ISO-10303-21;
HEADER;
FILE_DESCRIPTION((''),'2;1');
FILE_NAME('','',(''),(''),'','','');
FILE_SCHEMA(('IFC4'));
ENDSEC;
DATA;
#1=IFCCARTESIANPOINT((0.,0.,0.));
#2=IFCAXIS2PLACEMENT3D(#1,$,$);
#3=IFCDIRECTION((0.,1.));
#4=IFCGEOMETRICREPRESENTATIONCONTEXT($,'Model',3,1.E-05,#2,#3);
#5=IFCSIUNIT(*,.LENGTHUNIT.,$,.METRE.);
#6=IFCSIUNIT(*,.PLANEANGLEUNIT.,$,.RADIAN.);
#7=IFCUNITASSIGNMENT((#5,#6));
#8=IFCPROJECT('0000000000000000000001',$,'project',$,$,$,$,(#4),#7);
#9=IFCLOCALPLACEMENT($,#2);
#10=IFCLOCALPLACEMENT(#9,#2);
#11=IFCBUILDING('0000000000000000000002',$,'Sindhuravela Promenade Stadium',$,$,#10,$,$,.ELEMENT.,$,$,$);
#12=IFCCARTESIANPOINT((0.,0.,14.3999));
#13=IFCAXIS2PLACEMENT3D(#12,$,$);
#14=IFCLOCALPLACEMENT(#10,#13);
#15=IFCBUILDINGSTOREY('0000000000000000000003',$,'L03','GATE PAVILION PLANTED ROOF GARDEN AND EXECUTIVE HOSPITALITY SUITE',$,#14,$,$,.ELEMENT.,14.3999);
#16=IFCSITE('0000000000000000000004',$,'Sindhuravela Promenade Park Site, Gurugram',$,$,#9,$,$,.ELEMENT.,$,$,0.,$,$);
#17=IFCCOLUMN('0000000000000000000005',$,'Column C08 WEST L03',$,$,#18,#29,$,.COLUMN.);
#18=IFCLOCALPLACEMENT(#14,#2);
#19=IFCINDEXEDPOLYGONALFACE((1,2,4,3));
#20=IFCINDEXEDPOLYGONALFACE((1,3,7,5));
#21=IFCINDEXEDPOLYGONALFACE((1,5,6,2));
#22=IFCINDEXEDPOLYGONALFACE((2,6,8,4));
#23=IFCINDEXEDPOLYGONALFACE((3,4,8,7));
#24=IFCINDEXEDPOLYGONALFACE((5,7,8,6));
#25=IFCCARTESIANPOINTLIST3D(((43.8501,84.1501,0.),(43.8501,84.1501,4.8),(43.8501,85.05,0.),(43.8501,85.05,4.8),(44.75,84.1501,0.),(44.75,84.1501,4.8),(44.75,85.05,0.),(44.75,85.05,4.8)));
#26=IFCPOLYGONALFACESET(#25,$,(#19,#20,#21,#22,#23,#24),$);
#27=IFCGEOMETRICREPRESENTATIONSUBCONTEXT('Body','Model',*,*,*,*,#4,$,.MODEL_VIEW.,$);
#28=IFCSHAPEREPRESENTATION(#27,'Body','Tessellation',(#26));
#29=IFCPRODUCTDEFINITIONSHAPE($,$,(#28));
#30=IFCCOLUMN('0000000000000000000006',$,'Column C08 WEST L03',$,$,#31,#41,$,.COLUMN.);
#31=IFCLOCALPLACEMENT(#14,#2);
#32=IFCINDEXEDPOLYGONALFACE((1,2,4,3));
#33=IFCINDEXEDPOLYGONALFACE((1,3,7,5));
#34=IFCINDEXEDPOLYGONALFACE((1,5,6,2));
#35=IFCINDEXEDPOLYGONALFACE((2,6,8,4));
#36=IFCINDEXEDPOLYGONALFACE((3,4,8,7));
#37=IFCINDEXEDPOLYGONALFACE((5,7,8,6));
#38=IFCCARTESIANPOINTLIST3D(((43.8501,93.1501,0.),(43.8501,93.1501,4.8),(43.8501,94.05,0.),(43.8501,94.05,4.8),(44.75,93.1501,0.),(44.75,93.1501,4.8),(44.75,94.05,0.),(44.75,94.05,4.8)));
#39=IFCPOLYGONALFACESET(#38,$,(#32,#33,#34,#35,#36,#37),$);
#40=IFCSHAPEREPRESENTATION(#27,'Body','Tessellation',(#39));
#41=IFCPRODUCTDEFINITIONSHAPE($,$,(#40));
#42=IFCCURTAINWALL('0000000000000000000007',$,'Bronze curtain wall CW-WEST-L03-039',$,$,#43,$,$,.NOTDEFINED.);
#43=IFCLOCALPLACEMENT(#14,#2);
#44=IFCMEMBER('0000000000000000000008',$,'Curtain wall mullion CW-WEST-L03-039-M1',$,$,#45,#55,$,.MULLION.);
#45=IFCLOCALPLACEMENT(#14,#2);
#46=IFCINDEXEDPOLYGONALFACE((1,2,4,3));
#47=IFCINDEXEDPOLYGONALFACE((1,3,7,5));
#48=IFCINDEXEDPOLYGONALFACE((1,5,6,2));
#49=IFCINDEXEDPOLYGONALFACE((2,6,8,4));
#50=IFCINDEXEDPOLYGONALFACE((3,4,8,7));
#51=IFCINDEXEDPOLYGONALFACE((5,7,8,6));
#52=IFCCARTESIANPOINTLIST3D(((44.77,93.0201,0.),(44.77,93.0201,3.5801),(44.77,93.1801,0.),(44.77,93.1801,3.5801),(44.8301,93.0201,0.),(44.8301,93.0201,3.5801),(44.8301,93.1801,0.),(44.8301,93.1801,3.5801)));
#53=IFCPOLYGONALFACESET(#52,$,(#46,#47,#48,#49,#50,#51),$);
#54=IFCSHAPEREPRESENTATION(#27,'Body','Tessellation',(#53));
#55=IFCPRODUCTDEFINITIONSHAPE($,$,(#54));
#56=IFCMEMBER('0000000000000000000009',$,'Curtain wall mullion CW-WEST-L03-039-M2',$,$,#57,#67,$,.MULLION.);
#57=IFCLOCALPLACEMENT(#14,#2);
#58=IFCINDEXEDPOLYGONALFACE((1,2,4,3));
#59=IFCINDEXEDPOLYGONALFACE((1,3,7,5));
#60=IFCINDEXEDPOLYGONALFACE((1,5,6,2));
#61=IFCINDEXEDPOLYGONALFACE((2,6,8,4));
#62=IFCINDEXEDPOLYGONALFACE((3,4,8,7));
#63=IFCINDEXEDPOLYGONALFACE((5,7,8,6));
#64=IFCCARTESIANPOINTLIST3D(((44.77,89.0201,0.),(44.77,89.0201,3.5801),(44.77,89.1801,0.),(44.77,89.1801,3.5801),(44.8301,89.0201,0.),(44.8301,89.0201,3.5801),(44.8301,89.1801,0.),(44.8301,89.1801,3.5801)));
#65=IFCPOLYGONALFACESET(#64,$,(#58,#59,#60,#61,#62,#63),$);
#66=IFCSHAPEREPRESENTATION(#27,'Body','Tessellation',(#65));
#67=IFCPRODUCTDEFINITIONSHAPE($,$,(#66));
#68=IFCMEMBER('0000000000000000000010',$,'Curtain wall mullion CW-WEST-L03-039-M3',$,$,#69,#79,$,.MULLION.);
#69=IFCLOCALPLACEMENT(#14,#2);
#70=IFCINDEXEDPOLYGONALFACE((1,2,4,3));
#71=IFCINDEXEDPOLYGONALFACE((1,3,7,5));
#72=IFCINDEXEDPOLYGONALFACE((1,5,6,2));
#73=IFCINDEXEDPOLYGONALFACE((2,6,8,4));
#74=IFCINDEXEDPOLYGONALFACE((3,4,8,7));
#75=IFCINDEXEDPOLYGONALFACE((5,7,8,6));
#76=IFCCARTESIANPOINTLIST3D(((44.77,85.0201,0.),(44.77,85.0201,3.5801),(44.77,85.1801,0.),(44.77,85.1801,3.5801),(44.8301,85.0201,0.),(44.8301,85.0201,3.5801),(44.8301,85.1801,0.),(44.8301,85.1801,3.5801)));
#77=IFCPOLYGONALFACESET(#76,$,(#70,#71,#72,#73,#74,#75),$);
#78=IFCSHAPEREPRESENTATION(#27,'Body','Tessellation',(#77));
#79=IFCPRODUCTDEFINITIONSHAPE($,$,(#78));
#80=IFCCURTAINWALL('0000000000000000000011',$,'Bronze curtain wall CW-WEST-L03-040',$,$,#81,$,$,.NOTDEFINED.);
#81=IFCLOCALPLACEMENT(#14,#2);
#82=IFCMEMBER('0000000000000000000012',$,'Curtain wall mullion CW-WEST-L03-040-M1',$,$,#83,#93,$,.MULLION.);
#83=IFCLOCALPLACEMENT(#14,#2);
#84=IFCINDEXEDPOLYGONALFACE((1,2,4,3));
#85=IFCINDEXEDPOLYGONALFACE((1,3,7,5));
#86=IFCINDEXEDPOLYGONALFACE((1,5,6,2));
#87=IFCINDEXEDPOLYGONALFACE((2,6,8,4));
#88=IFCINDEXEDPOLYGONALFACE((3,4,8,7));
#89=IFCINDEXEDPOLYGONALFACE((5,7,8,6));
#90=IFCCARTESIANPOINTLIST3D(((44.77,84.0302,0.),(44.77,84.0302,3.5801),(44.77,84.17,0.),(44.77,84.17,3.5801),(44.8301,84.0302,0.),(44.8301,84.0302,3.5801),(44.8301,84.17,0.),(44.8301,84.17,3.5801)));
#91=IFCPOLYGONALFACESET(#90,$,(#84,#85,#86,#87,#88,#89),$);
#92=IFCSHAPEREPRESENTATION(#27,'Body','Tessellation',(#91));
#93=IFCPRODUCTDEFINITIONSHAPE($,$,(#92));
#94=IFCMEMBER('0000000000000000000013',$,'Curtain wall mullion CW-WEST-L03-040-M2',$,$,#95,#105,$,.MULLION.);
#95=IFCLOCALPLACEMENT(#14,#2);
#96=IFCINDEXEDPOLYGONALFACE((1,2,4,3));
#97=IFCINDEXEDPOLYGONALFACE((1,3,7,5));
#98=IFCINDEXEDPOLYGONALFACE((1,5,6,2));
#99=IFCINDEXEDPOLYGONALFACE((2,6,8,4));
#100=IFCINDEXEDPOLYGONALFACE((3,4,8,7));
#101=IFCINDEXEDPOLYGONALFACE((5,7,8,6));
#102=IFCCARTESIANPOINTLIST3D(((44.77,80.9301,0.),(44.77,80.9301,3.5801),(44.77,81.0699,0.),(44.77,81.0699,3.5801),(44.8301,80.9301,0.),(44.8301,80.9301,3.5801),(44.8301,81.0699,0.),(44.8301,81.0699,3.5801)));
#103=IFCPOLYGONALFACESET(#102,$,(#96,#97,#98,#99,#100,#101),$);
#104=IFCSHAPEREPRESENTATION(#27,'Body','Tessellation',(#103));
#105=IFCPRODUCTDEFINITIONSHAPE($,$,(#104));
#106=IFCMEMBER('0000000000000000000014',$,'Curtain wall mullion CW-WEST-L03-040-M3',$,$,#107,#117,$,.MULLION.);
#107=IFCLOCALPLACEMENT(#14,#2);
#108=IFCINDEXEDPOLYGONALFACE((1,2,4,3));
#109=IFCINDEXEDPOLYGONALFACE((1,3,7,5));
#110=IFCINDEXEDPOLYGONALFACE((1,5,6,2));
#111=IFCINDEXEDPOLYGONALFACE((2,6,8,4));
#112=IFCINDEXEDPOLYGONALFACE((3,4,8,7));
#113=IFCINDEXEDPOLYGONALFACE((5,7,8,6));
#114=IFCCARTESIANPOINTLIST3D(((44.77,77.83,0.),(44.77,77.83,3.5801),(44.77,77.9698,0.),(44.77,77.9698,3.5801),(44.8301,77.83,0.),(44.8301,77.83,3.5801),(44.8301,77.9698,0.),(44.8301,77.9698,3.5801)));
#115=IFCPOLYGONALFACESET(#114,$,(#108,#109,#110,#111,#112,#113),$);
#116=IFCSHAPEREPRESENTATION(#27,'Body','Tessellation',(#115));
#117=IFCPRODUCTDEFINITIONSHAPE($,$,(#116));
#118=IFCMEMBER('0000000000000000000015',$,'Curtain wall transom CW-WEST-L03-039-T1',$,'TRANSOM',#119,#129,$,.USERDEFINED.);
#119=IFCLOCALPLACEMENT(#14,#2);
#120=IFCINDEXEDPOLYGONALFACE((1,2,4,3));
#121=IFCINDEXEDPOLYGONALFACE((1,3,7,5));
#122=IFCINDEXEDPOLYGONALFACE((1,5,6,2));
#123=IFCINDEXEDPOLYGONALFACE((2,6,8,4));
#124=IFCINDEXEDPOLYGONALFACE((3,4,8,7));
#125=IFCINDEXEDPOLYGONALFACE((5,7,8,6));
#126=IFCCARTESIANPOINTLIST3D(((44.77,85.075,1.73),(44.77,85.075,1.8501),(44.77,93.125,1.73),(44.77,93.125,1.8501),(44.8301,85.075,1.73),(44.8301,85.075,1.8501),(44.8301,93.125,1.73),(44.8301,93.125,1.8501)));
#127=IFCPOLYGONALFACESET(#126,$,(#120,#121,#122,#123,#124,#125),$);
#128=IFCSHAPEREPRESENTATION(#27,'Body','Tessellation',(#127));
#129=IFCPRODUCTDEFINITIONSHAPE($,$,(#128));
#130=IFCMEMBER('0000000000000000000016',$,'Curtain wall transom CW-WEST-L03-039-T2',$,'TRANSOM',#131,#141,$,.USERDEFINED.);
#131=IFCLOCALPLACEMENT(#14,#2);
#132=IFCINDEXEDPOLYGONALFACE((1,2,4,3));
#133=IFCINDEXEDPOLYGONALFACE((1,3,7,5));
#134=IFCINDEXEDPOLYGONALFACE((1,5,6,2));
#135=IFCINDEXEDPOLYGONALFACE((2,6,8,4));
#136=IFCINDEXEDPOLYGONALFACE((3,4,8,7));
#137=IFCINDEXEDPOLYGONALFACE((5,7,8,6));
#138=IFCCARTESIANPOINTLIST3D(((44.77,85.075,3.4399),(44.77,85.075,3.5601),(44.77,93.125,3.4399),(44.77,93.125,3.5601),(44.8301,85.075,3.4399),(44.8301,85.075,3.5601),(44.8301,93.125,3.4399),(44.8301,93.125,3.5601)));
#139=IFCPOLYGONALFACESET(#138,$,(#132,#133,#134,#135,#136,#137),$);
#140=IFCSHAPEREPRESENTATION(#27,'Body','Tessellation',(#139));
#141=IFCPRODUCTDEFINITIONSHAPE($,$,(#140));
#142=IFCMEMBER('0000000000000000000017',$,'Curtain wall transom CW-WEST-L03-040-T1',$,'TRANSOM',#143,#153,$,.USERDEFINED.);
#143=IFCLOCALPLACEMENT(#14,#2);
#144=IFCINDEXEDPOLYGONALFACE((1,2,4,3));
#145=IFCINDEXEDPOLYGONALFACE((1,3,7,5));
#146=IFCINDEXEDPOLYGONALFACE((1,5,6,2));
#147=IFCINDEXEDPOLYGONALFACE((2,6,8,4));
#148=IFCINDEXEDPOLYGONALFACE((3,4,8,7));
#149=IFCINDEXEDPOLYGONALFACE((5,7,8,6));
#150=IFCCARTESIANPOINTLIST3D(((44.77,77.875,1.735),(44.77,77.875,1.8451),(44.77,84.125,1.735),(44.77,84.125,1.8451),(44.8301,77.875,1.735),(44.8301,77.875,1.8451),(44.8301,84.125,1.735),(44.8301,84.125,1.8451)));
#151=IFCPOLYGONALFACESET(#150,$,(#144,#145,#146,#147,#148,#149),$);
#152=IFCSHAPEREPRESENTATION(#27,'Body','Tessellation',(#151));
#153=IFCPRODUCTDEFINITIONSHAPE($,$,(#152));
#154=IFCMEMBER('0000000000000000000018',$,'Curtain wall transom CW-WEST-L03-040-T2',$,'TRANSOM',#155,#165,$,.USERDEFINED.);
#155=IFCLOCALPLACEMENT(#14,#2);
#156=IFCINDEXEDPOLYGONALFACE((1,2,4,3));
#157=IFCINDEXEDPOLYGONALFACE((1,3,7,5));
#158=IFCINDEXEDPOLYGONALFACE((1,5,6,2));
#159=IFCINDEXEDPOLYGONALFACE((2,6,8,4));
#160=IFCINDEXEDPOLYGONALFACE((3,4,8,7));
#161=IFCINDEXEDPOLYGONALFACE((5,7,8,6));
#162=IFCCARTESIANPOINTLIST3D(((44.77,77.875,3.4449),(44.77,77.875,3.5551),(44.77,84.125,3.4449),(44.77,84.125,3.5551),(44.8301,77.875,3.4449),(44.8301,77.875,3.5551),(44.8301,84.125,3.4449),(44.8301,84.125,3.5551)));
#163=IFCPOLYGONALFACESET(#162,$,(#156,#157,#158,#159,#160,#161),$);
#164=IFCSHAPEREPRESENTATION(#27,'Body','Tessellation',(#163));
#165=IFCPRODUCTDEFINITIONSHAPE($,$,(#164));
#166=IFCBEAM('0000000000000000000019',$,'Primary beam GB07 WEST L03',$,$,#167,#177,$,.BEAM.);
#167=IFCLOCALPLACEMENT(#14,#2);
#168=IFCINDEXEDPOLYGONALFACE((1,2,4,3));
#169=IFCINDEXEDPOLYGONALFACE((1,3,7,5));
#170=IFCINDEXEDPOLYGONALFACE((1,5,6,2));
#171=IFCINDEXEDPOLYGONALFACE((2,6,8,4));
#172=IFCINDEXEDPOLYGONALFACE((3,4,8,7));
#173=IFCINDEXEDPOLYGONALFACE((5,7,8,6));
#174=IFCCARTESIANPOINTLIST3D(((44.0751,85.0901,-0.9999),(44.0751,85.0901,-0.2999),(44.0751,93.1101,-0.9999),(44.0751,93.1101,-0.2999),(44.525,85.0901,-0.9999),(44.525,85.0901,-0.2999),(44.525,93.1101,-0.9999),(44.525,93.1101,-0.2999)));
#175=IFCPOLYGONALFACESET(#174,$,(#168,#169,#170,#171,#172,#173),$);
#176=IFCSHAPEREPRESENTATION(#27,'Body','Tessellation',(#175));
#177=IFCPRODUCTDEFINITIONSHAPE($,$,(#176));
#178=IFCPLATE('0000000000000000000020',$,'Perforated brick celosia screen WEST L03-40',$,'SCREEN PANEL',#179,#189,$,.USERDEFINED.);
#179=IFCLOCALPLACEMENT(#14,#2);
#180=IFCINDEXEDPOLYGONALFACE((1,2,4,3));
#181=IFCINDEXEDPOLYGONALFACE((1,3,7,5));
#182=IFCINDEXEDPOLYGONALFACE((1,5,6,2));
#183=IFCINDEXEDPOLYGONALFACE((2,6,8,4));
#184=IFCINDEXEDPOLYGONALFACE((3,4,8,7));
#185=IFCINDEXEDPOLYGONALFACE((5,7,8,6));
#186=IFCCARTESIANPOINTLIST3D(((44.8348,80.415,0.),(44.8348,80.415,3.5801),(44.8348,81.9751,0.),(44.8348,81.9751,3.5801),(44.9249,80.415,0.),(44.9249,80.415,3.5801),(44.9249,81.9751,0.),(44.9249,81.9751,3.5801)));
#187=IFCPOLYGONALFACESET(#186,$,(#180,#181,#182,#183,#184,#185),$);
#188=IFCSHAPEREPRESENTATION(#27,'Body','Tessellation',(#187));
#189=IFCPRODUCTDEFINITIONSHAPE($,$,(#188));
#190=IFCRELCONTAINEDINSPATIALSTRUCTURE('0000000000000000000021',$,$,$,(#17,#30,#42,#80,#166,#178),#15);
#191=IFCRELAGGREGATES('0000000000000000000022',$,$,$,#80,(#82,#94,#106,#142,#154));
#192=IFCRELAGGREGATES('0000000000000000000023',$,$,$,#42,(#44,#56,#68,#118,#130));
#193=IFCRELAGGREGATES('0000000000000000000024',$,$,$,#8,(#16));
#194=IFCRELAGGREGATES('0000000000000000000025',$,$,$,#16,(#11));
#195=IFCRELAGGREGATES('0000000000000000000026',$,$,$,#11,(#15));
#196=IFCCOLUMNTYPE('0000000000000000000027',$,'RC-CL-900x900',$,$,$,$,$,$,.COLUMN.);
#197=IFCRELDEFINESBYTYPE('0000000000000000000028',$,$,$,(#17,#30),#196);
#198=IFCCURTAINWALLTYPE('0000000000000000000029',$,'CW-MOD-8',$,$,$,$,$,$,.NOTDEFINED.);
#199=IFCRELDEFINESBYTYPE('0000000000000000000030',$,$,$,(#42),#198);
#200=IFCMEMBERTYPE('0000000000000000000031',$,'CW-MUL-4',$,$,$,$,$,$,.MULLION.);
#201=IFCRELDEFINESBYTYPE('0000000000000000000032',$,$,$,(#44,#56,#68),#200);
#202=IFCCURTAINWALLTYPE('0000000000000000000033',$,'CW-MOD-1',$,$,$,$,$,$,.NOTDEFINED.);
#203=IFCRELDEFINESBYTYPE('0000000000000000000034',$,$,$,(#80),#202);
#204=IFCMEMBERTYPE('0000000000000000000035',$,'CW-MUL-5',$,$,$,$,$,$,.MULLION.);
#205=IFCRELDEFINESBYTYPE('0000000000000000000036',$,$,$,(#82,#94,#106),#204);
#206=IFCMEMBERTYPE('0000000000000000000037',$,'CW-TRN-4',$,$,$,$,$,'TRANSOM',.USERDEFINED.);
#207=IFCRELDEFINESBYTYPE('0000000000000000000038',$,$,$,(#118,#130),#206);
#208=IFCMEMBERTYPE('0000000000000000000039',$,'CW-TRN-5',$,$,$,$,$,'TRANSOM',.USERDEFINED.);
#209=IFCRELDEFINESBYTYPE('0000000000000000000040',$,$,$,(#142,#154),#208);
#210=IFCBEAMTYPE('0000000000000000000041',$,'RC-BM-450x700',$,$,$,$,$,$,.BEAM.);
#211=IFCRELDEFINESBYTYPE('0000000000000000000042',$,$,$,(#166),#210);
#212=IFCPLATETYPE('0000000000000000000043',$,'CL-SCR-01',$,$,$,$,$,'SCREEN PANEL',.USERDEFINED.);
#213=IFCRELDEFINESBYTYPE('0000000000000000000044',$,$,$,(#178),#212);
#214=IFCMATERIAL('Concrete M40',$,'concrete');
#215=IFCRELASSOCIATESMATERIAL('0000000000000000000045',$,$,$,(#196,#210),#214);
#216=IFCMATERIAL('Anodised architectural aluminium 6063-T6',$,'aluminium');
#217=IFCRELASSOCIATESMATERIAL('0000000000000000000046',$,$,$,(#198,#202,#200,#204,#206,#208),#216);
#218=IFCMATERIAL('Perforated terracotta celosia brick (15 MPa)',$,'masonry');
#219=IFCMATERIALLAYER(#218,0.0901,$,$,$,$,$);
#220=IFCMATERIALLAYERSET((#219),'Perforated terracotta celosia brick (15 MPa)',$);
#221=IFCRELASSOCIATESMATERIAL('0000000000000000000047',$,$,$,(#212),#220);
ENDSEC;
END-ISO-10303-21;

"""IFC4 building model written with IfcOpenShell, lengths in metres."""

from ifc_helpers import new_model, si_unit, direction, frame, origin, origin_2d, place, context, subcontext, project, spatial, rectangle, extrude, material, layer, layer_set, material_profile, profile_set, type_object, element, aggregate, save


model = new_model("IFC4")

# Units and contexts
model_context = context("Model", 3, precision=1e-05, world=origin(), true_north=direction((0.0, 1.0)))
body_context = subcontext(model_context, "Body", "Model", "MODEL_VIEW")
ifc_project = project(units=[si_unit("LENGTHUNIT", "METRE"), si_unit("PLANEANGLEUNIT", "RADIAN")], contexts=[model_context])

# Site, building, storey
site_placement = place(None, origin())
site = spatial("IfcSite", under=ifc_project, at=site_placement, Name="Sindhuravela Promenade Park Site, Gurugram", CompositionType="ELEMENT", RefElevation=0.0)
building_placement = place(site_placement, origin())
building = spatial("IfcBuilding", under=site, at=building_placement, Name="Sindhuravela Promenade Stadium", CompositionType="ELEMENT")
storey_placement = place(building_placement, frame((0.0, 0.0, 14.3999)))
storey = spatial("IfcBuildingStorey", under=building, at=storey_placement, Name="L03", Description="GATE PAVILION PLANTED ROOF GARDEN AND EXECUTIVE HOSPITALITY SUITE", CompositionType="ELEMENT", Elevation=14.3999)

# Columns
ifc_material_1 = material(Name="Concrete M40", Category="concrete")
ifc_material_profile_1 = material_profile(ifc_material_1, rectangle(XDim=0.8999, YDim=0.8999, at=origin_2d()), Name="RC 900x900")
ifc_profile_set_1 = profile_set([ifc_material_profile_1], Name="Concrete M40")
column_type = type_object("IfcColumnType", Name="RC-CL-900x900", PredefinedType="COLUMN", material=ifc_profile_set_1)
for number, where, z_axis, x_axis, name in (
    (1, (44.3, 84.6001, 0.0), (0.0, 0.0, 1.0), (1.0, 0.0, 0.0), "Column C08 WEST L03"),
    (2, (44.3, 93.6001, 0.0), (0.0, 0.0, 1.0), (1.0, 0.0, 0.0), "Column C08 WEST L03"),
):
    element("IfcColumn", number, at=place(storey_placement, frame(where, z_axis=z_axis, x_axis=x_axis)), inside=storey, type_object=column_type, Name=name, PredefinedType="COLUMN", context=body_context, shape_type="SweptSolid", body=[
        extrude(rectangle(XDim=0.8999, YDim=0.8999, at=origin_2d()), origin(), (0.0, 0.0, 1.0), 4.8),
    ])

# Curtain walls, members
ifc_material_2 = material(Name="Anodised architectural aluminium 6063-T6", Category="aluminium")
curtain_wall_type_1 = type_object("IfcCurtainWallType", Name="CW-MOD-8", PredefinedType="NOTDEFINED", material=ifc_material_2)
curtain_wall_1_placement = place(storey_placement, origin())
curtain_wall_1 = element("IfcCurtainWall", 3, at=curtain_wall_1_placement, inside=storey, type_object=curtain_wall_type_1, Name="Bronze curtain wall CW-WEST-L03-039", PredefinedType="NOTDEFINED")
ifc_material_profile_2 = material_profile(ifc_material_2, rectangle(XDim=0.0601, YDim=0.1599, at=origin_2d()), Name="ALU M60x160")
ifc_profile_set_2 = profile_set([ifc_material_profile_2], Name="Anodised architectural aluminium 6063-T6")
member_type_1 = type_object("IfcMemberType", Name="CW-MUL-4", PredefinedType="MULLION", material=ifc_profile_set_2)
member_1_placement = place(storey_placement, frame((44.8, 93.1001, 0.0), z_axis=(0.0, 0.0, 1.0), x_axis=(1.0, 0.0, 0.0)))
member_1 = element("IfcMember", 4, at=member_1_placement, type_object=member_type_1, Name="Curtain wall mullion CW-WEST-L03-039-M1", PredefinedType="MULLION", context=body_context, shape_type="SweptSolid", body=[
    extrude(rectangle(XDim=0.0601, YDim=0.1599, at=origin_2d()), origin(), (0.0, 0.0, 1.0), 3.5801),
])
member_2_placement = place(storey_placement, frame((44.8, 89.1001, 0.0), z_axis=(0.0, 0.0, 1.0), x_axis=(1.0, 0.0, 0.0)))
member_2 = element("IfcMember", 5, at=member_2_placement, type_object=member_type_1, Name="Curtain wall mullion CW-WEST-L03-039-M2", PredefinedType="MULLION", context=body_context, shape_type="SweptSolid", body=[
    extrude(rectangle(XDim=0.0601, YDim=0.1599, at=origin_2d()), origin(), (0.0, 0.0, 1.0), 3.5801),
])
member_3_placement = place(storey_placement, frame((44.8, 85.1001, 0.0), z_axis=(0.0, 0.0, 1.0), x_axis=(1.0, 0.0, 0.0)))
member_3 = element("IfcMember", 6, at=member_3_placement, type_object=member_type_1, Name="Curtain wall mullion CW-WEST-L03-039-M3", PredefinedType="MULLION", context=body_context, shape_type="SweptSolid", body=[
    extrude(rectangle(XDim=0.0601, YDim=0.1599, at=origin_2d()), origin(), (0.0, 0.0, 1.0), 3.5801),
])
curtain_wall_type_2 = type_object("IfcCurtainWallType", Name="CW-MOD-1", PredefinedType="NOTDEFINED", material=ifc_material_2)
curtain_wall_2_placement = place(storey_placement, origin())
curtain_wall_2 = element("IfcCurtainWall", 7, at=curtain_wall_2_placement, inside=storey, type_object=curtain_wall_type_2, Name="Bronze curtain wall CW-WEST-L03-040", PredefinedType="NOTDEFINED")
ifc_material_profile_3 = material_profile(ifc_material_2, rectangle(XDim=0.0601, YDim=0.1399, at=origin_2d()), Name="ALU M60x140")
ifc_profile_set_3 = profile_set([ifc_material_profile_3], Name="Anodised architectural aluminium 6063-T6")
member_type_2 = type_object("IfcMemberType", Name="CW-MUL-5", PredefinedType="MULLION", material=ifc_profile_set_3)
member_4_placement = place(storey_placement, frame((44.8, 84.1001, 0.0), z_axis=(0.0, 0.0, 1.0), x_axis=(1.0, 0.0, 0.0)))
member_4 = element("IfcMember", 8, at=member_4_placement, type_object=member_type_2, Name="Curtain wall mullion CW-WEST-L03-040-M1", PredefinedType="MULLION", context=body_context, shape_type="SweptSolid", body=[
    extrude(rectangle(XDim=0.0601, YDim=0.1399, at=origin_2d()), origin(), (0.0, 0.0, 1.0), 3.5801),
])
member_5_placement = place(storey_placement, frame((44.8, 81.0, 0.0), z_axis=(0.0, 0.0, 1.0), x_axis=(1.0, 0.0, 0.0)))
member_5 = element("IfcMember", 9, at=member_5_placement, type_object=member_type_2, Name="Curtain wall mullion CW-WEST-L03-040-M2", PredefinedType="MULLION", context=body_context, shape_type="SweptSolid", body=[
    extrude(rectangle(XDim=0.0601, YDim=0.1399, at=origin_2d()), origin(), (0.0, 0.0, 1.0), 3.5801),
])
member_6_placement = place(storey_placement, frame((44.8, 77.8999, 0.0), z_axis=(0.0, 0.0, 1.0), x_axis=(1.0, 0.0, 0.0)))
member_6 = element("IfcMember", 10, at=member_6_placement, type_object=member_type_2, Name="Curtain wall mullion CW-WEST-L03-040-M3", PredefinedType="MULLION", context=body_context, shape_type="SweptSolid", body=[
    extrude(rectangle(XDim=0.0601, YDim=0.1399, at=origin_2d()), origin(), (0.0, 0.0, 1.0), 3.5801),
])

# Members
ifc_material_profile_4 = material_profile(ifc_material_2, rectangle(XDim=0.0601, YDim=0.1201, at=origin_2d()), Name="ALU T60x120")
ifc_profile_set_4 = profile_set([ifc_material_profile_4], Name="Anodised architectural aluminium 6063-T6")
member_type_3 = type_object("IfcMemberType", Name="CW-TRN-4", ElementType="TRANSOM", PredefinedType="USERDEFINED", material=ifc_profile_set_4)
member_7_placement = place(storey_placement, frame((44.8, 93.125, 1.79), z_axis=(0.0, -1.0, 0.0), x_axis=(1.0, 0.0, 0.0)))
member_7 = element("IfcMember", 11, at=member_7_placement, type_object=member_type_3, Name="Curtain wall transom CW-WEST-L03-039-T1", ObjectType="TRANSOM", PredefinedType="USERDEFINED", context=body_context, shape_type="SweptSolid", body=[
    extrude(rectangle(XDim=0.0601, YDim=0.1201, at=origin_2d()), origin(), (0.0, 0.0, 1.0), 8.05),
])
member_8_placement = place(storey_placement, frame((44.8, 93.125, 3.5), z_axis=(0.0, -1.0, 0.0), x_axis=(1.0, 0.0, 0.0)))
member_8 = element("IfcMember", 12, at=member_8_placement, type_object=member_type_3, Name="Curtain wall transom CW-WEST-L03-039-T2", ObjectType="TRANSOM", PredefinedType="USERDEFINED", context=body_context, shape_type="SweptSolid", body=[
    extrude(rectangle(XDim=0.0601, YDim=0.1201, at=origin_2d()), origin(), (0.0, 0.0, 1.0), 8.05),
])
ifc_material_profile_5 = material_profile(ifc_material_2, rectangle(XDim=0.0601, YDim=0.1101, at=origin_2d()), Name="ALU T60x110")
ifc_profile_set_5 = profile_set([ifc_material_profile_5], Name="Anodised architectural aluminium 6063-T6")
member_type_4 = type_object("IfcMemberType", Name="CW-TRN-5", ElementType="TRANSOM", PredefinedType="USERDEFINED", material=ifc_profile_set_5)
member_9_placement = place(storey_placement, frame((44.8, 84.125, 1.79), z_axis=(0.0, -1.0, 0.0), x_axis=(1.0, 0.0, 0.0)))
member_9 = element("IfcMember", 13, at=member_9_placement, type_object=member_type_4, Name="Curtain wall transom CW-WEST-L03-040-T1", ObjectType="TRANSOM", PredefinedType="USERDEFINED", context=body_context, shape_type="SweptSolid", body=[
    extrude(rectangle(XDim=0.0601, YDim=0.1101, at=origin_2d()), origin(), (0.0, 0.0, 1.0), 6.25),
])
member_10_placement = place(storey_placement, frame((44.8, 84.125, 3.5), z_axis=(0.0, -1.0, 0.0), x_axis=(1.0, 0.0, 0.0)))
member_10 = element("IfcMember", 14, at=member_10_placement, type_object=member_type_4, Name="Curtain wall transom CW-WEST-L03-040-T2", ObjectType="TRANSOM", PredefinedType="USERDEFINED", context=body_context, shape_type="SweptSolid", body=[
    extrude(rectangle(XDim=0.0601, YDim=0.1101, at=origin_2d()), origin(), (0.0, 0.0, 1.0), 6.25),
])

# Beam
ifc_material_profile_6 = material_profile(ifc_material_1, rectangle(XDim=0.45, YDim=0.7, at=origin_2d()), Name="RC 450x700")
ifc_profile_set_6 = profile_set([ifc_material_profile_6], Name="Concrete M40")
beam_type = type_object("IfcBeamType", Name="RC-BM-450x700", PredefinedType="BEAM", material=ifc_profile_set_6)
beam_placement = place(storey_placement, frame((44.3, 85.0901, -0.6499), z_axis=(0.0, 1.0, 0.0), x_axis=(-1.0, 0.0, 0.0)))
element("IfcBeam", 15, at=beam_placement, inside=storey, type_object=beam_type, Name="Primary beam GB07 WEST L03", PredefinedType="BEAM", context=body_context, shape_type="SweptSolid", body=[
    extrude(rectangle(XDim=0.45, YDim=0.7, at=origin_2d()), origin(), (0.0, 0.0, 1.0), 8.02),
])

# Plate
ifc_material_3 = material(Name="Perforated terracotta celosia brick (15 MPa)", Category="masonry")
ifc_layer_1 = layer(ifc_material_3, 0.0901)
ifc_layer_set_1 = layer_set([ifc_layer_1], Name="Perforated terracotta celosia brick (15 MPa)")
plate_type_1 = type_object("IfcPlateType", Name="CL-SCR-01", ElementType="SCREEN PANEL", PredefinedType="USERDEFINED", material=ifc_layer_set_1)
plate_1_placement = place(storey_placement, frame((44.8799, 81.1951, 0.0), z_axis=(0.0, 0.0, 1.0), x_axis=(0.0, -1.0, 0.0)))
element("IfcPlate", 16, at=plate_1_placement, inside=storey, type_object=plate_type_1, Name="Perforated brick celosia screen WEST L03-40", ObjectType="SCREEN PANEL", PredefinedType="USERDEFINED", context=body_context, shape_type="SweptSolid", body=[
    extrude(rectangle(XDim=1.5601, YDim=0.0901, at=origin_2d()), origin(), (0.0, 0.0, 1.0), 3.5801),
])

aggregate(curtain_wall_2, [member_4, member_5, member_6, member_9, member_10])
aggregate(curtain_wall_1, [member_1, member_2, member_3, member_7, member_8])

save(model, "model.ifc")
